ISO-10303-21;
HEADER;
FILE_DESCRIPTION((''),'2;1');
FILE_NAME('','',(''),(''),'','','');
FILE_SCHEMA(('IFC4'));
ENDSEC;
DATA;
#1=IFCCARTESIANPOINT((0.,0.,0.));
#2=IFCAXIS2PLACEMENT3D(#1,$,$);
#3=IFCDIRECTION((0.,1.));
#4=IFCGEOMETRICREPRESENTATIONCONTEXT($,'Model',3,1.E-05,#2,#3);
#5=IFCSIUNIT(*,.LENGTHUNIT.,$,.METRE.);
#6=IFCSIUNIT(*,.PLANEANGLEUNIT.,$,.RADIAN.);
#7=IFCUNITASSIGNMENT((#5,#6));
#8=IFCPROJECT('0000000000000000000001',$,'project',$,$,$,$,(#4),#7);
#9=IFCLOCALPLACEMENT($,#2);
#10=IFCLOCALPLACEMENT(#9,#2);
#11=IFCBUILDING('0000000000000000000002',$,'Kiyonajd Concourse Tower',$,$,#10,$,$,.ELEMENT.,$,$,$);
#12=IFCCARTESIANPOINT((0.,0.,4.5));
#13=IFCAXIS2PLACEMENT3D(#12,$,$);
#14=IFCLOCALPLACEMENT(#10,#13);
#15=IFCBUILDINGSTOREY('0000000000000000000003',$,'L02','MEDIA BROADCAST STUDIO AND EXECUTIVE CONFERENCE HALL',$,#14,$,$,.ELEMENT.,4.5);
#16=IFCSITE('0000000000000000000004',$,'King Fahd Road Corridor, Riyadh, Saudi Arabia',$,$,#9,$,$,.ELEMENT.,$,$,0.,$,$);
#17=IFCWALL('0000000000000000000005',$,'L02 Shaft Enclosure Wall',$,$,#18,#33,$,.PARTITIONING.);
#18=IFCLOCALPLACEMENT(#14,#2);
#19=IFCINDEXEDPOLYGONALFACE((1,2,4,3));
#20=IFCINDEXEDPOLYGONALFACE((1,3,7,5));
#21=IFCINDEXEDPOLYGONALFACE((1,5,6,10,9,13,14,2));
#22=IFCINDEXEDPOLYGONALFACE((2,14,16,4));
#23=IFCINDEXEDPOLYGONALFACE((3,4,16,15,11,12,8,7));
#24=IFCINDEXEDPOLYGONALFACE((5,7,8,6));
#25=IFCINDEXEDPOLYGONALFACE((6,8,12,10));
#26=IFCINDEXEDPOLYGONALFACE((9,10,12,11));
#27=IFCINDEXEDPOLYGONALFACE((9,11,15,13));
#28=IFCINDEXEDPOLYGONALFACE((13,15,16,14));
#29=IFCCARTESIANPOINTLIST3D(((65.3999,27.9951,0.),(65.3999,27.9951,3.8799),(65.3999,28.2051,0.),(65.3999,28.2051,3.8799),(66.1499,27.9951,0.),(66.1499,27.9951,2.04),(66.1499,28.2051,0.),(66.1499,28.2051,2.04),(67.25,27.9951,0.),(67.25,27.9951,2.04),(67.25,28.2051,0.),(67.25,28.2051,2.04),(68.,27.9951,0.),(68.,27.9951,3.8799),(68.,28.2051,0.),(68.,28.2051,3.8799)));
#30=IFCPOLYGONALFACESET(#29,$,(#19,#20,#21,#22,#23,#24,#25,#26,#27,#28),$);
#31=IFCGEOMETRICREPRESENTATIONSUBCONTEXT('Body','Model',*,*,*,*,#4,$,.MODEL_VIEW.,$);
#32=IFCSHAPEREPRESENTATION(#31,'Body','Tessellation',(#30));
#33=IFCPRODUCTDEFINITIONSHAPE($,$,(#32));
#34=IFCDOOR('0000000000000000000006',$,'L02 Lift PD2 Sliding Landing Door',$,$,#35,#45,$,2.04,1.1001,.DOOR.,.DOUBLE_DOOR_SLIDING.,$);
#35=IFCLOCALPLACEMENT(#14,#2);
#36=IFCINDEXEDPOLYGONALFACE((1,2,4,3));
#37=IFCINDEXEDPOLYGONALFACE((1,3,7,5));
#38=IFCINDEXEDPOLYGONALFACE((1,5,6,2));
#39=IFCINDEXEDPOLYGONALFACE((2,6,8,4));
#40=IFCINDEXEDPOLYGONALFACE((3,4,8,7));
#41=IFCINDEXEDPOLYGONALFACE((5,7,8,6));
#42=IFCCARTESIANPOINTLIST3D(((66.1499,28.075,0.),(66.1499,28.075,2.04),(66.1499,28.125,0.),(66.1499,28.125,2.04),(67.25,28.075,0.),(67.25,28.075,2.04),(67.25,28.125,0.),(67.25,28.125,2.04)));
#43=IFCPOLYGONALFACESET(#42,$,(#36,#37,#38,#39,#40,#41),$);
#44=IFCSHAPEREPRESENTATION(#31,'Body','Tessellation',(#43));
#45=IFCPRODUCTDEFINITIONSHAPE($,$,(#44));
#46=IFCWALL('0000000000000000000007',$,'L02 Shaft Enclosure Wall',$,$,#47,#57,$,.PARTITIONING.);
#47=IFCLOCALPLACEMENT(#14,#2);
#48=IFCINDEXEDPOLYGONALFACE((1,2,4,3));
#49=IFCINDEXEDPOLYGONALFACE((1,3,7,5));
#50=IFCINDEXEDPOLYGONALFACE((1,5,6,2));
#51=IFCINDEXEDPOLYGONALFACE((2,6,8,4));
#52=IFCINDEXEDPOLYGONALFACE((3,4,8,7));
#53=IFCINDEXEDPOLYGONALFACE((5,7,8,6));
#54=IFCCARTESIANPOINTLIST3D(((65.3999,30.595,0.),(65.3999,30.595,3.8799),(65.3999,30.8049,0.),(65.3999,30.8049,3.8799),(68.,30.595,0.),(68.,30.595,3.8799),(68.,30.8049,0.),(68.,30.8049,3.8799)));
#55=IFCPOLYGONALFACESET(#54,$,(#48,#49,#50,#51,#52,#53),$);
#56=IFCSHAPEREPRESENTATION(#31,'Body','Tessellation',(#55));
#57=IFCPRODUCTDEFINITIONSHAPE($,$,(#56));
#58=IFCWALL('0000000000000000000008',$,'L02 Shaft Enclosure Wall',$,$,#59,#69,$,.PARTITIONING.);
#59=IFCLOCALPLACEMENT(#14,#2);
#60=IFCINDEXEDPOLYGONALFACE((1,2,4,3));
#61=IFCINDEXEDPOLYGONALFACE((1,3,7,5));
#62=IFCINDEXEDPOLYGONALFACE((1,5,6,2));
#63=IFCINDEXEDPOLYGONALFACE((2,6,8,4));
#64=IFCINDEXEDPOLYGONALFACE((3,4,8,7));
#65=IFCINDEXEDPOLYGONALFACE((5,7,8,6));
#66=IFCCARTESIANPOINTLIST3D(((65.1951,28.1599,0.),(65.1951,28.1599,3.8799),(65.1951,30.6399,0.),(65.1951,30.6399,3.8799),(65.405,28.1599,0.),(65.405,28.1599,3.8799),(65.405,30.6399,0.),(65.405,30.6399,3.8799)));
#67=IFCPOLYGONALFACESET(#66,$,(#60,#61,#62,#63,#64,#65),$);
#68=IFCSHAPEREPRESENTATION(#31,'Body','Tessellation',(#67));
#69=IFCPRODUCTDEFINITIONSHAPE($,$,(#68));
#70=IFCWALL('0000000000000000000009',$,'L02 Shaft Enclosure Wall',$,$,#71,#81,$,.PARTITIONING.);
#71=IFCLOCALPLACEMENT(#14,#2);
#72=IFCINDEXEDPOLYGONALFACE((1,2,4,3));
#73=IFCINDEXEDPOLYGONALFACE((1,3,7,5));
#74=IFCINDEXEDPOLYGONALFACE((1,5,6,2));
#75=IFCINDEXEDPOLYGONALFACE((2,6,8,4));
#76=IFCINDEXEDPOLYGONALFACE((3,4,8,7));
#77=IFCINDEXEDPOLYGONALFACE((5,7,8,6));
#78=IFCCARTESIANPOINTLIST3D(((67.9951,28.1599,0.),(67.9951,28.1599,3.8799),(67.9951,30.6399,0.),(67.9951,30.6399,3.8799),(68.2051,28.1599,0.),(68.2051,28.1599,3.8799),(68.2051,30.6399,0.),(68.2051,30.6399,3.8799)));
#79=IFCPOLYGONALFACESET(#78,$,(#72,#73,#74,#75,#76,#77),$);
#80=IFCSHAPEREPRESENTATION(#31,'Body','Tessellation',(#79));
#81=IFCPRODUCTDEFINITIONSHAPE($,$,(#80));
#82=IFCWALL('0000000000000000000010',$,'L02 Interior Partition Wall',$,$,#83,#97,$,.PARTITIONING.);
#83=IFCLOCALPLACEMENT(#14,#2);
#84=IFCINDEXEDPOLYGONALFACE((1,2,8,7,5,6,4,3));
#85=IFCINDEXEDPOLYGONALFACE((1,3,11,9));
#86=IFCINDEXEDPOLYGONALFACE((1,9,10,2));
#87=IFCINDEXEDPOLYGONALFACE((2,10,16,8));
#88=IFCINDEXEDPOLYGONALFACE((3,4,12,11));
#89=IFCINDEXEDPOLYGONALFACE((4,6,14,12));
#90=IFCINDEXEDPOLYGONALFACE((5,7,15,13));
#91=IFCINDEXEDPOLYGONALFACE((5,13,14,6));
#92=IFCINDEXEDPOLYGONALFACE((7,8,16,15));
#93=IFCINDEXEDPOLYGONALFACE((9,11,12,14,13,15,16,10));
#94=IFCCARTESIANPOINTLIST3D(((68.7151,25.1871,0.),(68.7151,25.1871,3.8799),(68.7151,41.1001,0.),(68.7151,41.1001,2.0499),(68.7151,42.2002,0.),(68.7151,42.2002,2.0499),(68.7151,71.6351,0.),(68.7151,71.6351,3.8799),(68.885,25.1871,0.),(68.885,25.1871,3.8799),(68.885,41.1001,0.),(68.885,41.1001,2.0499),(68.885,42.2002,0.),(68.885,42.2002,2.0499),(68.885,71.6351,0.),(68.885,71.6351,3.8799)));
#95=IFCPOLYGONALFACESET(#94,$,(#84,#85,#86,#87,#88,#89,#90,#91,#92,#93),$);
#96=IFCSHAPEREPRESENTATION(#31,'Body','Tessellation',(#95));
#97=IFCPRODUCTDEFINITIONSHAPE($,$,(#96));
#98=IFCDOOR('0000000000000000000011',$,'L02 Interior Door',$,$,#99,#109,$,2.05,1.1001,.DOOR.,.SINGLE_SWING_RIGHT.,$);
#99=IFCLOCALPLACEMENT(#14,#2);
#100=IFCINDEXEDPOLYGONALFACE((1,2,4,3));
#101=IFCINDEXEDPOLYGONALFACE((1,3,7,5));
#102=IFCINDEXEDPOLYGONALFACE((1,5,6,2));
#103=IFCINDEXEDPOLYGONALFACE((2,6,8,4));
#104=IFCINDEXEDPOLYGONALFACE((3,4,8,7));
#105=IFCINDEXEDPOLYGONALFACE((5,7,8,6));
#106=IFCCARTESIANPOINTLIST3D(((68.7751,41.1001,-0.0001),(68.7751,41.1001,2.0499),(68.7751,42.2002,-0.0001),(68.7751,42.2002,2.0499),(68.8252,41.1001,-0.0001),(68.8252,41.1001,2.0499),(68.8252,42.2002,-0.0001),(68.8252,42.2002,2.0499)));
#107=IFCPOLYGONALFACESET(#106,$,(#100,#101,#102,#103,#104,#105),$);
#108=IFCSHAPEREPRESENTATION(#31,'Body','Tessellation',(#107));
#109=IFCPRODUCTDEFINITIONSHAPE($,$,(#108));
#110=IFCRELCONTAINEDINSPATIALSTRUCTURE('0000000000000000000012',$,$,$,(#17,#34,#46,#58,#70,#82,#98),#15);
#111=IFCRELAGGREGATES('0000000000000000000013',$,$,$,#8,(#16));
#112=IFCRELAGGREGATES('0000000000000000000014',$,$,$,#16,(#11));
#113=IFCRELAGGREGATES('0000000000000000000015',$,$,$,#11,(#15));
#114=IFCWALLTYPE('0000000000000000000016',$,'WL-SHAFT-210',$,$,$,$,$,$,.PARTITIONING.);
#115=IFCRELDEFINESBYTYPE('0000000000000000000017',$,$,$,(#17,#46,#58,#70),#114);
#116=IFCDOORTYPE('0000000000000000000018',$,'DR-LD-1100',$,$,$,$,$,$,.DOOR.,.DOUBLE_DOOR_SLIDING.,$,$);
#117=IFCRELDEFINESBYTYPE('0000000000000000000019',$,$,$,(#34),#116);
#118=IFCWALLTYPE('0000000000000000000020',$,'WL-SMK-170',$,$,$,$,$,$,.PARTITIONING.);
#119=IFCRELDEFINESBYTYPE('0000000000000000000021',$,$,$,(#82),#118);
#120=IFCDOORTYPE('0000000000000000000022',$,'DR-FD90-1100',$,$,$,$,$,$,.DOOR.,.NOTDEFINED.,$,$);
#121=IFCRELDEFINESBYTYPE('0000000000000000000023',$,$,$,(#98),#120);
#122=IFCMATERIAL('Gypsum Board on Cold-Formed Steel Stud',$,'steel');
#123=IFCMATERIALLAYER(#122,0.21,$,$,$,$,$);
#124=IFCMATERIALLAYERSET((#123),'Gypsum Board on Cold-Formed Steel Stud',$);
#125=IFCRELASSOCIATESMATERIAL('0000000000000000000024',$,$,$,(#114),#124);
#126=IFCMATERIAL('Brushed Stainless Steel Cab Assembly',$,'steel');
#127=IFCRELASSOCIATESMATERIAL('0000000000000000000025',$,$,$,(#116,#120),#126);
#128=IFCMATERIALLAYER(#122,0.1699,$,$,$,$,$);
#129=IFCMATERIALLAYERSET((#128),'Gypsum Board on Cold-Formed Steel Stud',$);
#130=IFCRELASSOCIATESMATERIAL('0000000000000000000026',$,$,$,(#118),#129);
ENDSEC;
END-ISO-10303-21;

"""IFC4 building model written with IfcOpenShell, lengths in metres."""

from ifc_helpers import new_model, si_unit, direction, frame, frame_2d, origin, place, context, subcontext, project, spatial, rectangle, extrude, material, layer, layer_set, type_object, element, fill, save


model = new_model("IFC4")

# Units and contexts
model_context = context("Model", 3, precision=1e-05, world=origin(), true_north=direction((0.0, 1.0)))
body_context = subcontext(model_context, "Body", "Model", "MODEL_VIEW")
ifc_project = project(units=[si_unit("LENGTHUNIT", "METRE"), si_unit("PLANEANGLEUNIT", "RADIAN")], contexts=[model_context])

# Site, building, storey
site_placement = place(None, origin())
site = spatial("IfcSite", under=ifc_project, at=site_placement, Name="King Fahd Road Corridor, Riyadh, Saudi Arabia", CompositionType="ELEMENT", RefElevation=0.0)
building_placement = place(site_placement, origin())
building = spatial("IfcBuilding", under=site, at=building_placement, Name="Kiyonajd Concourse Tower", CompositionType="ELEMENT")
storey_placement = place(building_placement, frame((0.0, 0.0, 4.5)))
storey = spatial("IfcBuildingStorey", under=building, at=storey_placement, Name="L02", Description="MEDIA BROADCAST STUDIO AND EXECUTIVE CONFERENCE HALL", CompositionType="ELEMENT", Elevation=4.5)

# Wall, opening, door
ifc_material_1 = material(Name="Gypsum Board on Cold-Formed Steel Stud", Category="steel")
ifc_layer_1 = layer(ifc_material_1, 0.21)
ifc_layer_set_1 = layer_set([ifc_layer_1], Name="Gypsum Board on Cold-Formed Steel Stud")
wall_type_1 = type_object("IfcWallType", Name="WL-SHAFT-210", PredefinedType="PARTITIONING", material=ifc_layer_set_1)
wall_1_placement = place(storey_placement, frame((65.3999, 28.1001, 0.0), z_axis=(0.0, 0.0, 1.0), x_axis=(1.0, 0.0, 0.0)))
wall_1 = element("IfcWall", 1, at=wall_1_placement, inside=storey, type_object=wall_type_1, Name="L02 Shaft Enclosure Wall", PredefinedType="PARTITIONING", context=body_context, shape_type="SweptSolid", body=[
    extrude(rectangle(XDim=2.6001, YDim=0.21, at=frame_2d((1.3, 0.0))), origin(), (0.0, 0.0, 1.0), 3.8799),
])
opening_1_placement = place(wall_1_placement, frame((0.75, 0.0, 0.0)))
opening_1 = element("IfcOpeningElement", 2, at=opening_1_placement, cuts=wall_1, PredefinedType="OPENING", context=body_context, shape_type="SweptSolid", body=[
    extrude(rectangle(XDim=1.1001, YDim=2.04, at=frame_2d((0.55, 1.02))), frame((0.0, 0.115, 0.0), z_axis=(0.0, -1.0, 0.0), x_axis=(1.0, 0.0, 0.0)), (0.0, 0.0, 1.0), 0.23),
])
ifc_material_2 = material(Name="Brushed Stainless Steel Cab Assembly", Category="steel")
door_type_1 = type_object("IfcDoorType", Name="DR-LD-1100", OperationType="DOUBLE_DOOR_SLIDING", PredefinedType="DOOR", material=ifc_material_2)
door_1_placement = place(opening_1_placement, origin())
door_1 = element("IfcDoor", 3, at=door_1_placement, inside=storey, type_object=door_type_1, Name="L02 Lift PD2 Sliding Landing Door", OperationType="DOUBLE_DOOR_SLIDING", OverallHeight=2.04, OverallWidth=1.1001, PredefinedType="DOOR", context=body_context, shape_type="SweptSolid", body=[
    extrude(rectangle(XDim=1.1001, YDim=2.04, at=frame_2d((0.55, 1.02))), frame((0.0, 0.0249, 0.0), z_axis=(0.0, -1.0, 0.0), x_axis=(1.0, 0.0, 0.0)), (0.0, 0.0, 1.0), 0.05),
])
fill(opening_1, door_1)

# Walls
wall_2_placement = place(storey_placement, frame((65.3999, 30.7, 0.0), z_axis=(0.0, 0.0, 1.0), x_axis=(1.0, 0.0, 0.0)))
element("IfcWall", 4, at=wall_2_placement, inside=storey, type_object=wall_type_1, Name="L02 Shaft Enclosure Wall", PredefinedType="PARTITIONING", context=body_context, shape_type="SweptSolid", body=[
    extrude(rectangle(XDim=2.6001, YDim=0.21, at=frame_2d((1.3, 0.0))), origin(), (0.0, 0.0, 1.0), 3.8799),
])
for number, where, z_axis, x_axis, name in (
    (5, (65.3, 28.1599, 0.0), (0.0, 0.0, 1.0), (0.0, 1.0, 0.0), "L02 Shaft Enclosure Wall"),
    (6, (68.1001, 28.1599, 0.0), (0.0, 0.0, 1.0), (0.0, 1.0, 0.0), "L02 Shaft Enclosure Wall"),
):
    element("IfcWall", number, at=place(storey_placement, frame(where, z_axis=z_axis, x_axis=x_axis)), inside=storey, type_object=wall_type_1, Name=name, PredefinedType="PARTITIONING", context=body_context, shape_type="SweptSolid", body=[
        extrude(rectangle(XDim=2.48, YDim=0.21, at=frame_2d((1.24, 0.0))), origin(), (0.0, 0.0, 1.0), 3.8799),
    ])

# Wall, opening, door
ifc_layer_2 = layer(ifc_material_1, 0.1699)
ifc_layer_set_2 = layer_set([ifc_layer_2], Name="Gypsum Board on Cold-Formed Steel Stud")
wall_type_2 = type_object("IfcWallType", Name="WL-SMK-170", PredefinedType="PARTITIONING", material=ifc_layer_set_2)
wall_3_placement = place(storey_placement, frame((68.8, 25.187, 0.0), z_axis=(0.0, 0.0, 1.0), x_axis=(0.0, 1.0, 0.0)))
wall_3 = element("IfcWall", 7, at=wall_3_placement, inside=storey, type_object=wall_type_2, Name="L02 Interior Partition Wall", PredefinedType="PARTITIONING", context=body_context, shape_type="SweptSolid", body=[
    extrude(rectangle(XDim=46.448, YDim=0.1699, at=frame_2d((23.2241, 0.0))), origin(), (0.0, 0.0, 1.0), 3.8799),
])
opening_2_placement = place(wall_3_placement, frame((15.9131, 0.0, 0.0)))
opening_2 = element("IfcOpeningElement", 8, at=opening_2_placement, cuts=wall_3, PredefinedType="OPENING", context=body_context, shape_type="SweptSolid", body=[
    extrude(rectangle(XDim=1.1001, YDim=2.05, at=frame_2d((0.55, 1.0249))), frame((0.0, 0.095, 0.0), z_axis=(0.0, -1.0, 0.0), x_axis=(1.0, 0.0, 0.0)), (0.0, 0.0, 1.0), 0.1899),
])
door_type_2 = type_object("IfcDoorType", Name="DR-FD90-1100", OperationType="NOTDEFINED", PredefinedType="DOOR", material=ifc_material_2)
door_2_placement = place(opening_2_placement, origin())
door_2 = element("IfcDoor", 9, at=door_2_placement, inside=storey, type_object=door_type_2, Name="L02 Interior Door", OperationType="SINGLE_SWING_RIGHT", OverallHeight=2.05, OverallWidth=1.1001, PredefinedType="DOOR", context=body_context, shape_type="SweptSolid", body=[
    extrude(rectangle(XDim=1.1001, YDim=2.05, at=frame_2d((0.55, 1.0249))), frame((0.0, 0.0249, 0.0), z_axis=(0.0, -1.0, 0.0), x_axis=(1.0, 0.0, 0.0)), (0.0, 0.0, 1.0), 0.05),
])
fill(opening_2, door_2)

save(model, "model.ifc")
